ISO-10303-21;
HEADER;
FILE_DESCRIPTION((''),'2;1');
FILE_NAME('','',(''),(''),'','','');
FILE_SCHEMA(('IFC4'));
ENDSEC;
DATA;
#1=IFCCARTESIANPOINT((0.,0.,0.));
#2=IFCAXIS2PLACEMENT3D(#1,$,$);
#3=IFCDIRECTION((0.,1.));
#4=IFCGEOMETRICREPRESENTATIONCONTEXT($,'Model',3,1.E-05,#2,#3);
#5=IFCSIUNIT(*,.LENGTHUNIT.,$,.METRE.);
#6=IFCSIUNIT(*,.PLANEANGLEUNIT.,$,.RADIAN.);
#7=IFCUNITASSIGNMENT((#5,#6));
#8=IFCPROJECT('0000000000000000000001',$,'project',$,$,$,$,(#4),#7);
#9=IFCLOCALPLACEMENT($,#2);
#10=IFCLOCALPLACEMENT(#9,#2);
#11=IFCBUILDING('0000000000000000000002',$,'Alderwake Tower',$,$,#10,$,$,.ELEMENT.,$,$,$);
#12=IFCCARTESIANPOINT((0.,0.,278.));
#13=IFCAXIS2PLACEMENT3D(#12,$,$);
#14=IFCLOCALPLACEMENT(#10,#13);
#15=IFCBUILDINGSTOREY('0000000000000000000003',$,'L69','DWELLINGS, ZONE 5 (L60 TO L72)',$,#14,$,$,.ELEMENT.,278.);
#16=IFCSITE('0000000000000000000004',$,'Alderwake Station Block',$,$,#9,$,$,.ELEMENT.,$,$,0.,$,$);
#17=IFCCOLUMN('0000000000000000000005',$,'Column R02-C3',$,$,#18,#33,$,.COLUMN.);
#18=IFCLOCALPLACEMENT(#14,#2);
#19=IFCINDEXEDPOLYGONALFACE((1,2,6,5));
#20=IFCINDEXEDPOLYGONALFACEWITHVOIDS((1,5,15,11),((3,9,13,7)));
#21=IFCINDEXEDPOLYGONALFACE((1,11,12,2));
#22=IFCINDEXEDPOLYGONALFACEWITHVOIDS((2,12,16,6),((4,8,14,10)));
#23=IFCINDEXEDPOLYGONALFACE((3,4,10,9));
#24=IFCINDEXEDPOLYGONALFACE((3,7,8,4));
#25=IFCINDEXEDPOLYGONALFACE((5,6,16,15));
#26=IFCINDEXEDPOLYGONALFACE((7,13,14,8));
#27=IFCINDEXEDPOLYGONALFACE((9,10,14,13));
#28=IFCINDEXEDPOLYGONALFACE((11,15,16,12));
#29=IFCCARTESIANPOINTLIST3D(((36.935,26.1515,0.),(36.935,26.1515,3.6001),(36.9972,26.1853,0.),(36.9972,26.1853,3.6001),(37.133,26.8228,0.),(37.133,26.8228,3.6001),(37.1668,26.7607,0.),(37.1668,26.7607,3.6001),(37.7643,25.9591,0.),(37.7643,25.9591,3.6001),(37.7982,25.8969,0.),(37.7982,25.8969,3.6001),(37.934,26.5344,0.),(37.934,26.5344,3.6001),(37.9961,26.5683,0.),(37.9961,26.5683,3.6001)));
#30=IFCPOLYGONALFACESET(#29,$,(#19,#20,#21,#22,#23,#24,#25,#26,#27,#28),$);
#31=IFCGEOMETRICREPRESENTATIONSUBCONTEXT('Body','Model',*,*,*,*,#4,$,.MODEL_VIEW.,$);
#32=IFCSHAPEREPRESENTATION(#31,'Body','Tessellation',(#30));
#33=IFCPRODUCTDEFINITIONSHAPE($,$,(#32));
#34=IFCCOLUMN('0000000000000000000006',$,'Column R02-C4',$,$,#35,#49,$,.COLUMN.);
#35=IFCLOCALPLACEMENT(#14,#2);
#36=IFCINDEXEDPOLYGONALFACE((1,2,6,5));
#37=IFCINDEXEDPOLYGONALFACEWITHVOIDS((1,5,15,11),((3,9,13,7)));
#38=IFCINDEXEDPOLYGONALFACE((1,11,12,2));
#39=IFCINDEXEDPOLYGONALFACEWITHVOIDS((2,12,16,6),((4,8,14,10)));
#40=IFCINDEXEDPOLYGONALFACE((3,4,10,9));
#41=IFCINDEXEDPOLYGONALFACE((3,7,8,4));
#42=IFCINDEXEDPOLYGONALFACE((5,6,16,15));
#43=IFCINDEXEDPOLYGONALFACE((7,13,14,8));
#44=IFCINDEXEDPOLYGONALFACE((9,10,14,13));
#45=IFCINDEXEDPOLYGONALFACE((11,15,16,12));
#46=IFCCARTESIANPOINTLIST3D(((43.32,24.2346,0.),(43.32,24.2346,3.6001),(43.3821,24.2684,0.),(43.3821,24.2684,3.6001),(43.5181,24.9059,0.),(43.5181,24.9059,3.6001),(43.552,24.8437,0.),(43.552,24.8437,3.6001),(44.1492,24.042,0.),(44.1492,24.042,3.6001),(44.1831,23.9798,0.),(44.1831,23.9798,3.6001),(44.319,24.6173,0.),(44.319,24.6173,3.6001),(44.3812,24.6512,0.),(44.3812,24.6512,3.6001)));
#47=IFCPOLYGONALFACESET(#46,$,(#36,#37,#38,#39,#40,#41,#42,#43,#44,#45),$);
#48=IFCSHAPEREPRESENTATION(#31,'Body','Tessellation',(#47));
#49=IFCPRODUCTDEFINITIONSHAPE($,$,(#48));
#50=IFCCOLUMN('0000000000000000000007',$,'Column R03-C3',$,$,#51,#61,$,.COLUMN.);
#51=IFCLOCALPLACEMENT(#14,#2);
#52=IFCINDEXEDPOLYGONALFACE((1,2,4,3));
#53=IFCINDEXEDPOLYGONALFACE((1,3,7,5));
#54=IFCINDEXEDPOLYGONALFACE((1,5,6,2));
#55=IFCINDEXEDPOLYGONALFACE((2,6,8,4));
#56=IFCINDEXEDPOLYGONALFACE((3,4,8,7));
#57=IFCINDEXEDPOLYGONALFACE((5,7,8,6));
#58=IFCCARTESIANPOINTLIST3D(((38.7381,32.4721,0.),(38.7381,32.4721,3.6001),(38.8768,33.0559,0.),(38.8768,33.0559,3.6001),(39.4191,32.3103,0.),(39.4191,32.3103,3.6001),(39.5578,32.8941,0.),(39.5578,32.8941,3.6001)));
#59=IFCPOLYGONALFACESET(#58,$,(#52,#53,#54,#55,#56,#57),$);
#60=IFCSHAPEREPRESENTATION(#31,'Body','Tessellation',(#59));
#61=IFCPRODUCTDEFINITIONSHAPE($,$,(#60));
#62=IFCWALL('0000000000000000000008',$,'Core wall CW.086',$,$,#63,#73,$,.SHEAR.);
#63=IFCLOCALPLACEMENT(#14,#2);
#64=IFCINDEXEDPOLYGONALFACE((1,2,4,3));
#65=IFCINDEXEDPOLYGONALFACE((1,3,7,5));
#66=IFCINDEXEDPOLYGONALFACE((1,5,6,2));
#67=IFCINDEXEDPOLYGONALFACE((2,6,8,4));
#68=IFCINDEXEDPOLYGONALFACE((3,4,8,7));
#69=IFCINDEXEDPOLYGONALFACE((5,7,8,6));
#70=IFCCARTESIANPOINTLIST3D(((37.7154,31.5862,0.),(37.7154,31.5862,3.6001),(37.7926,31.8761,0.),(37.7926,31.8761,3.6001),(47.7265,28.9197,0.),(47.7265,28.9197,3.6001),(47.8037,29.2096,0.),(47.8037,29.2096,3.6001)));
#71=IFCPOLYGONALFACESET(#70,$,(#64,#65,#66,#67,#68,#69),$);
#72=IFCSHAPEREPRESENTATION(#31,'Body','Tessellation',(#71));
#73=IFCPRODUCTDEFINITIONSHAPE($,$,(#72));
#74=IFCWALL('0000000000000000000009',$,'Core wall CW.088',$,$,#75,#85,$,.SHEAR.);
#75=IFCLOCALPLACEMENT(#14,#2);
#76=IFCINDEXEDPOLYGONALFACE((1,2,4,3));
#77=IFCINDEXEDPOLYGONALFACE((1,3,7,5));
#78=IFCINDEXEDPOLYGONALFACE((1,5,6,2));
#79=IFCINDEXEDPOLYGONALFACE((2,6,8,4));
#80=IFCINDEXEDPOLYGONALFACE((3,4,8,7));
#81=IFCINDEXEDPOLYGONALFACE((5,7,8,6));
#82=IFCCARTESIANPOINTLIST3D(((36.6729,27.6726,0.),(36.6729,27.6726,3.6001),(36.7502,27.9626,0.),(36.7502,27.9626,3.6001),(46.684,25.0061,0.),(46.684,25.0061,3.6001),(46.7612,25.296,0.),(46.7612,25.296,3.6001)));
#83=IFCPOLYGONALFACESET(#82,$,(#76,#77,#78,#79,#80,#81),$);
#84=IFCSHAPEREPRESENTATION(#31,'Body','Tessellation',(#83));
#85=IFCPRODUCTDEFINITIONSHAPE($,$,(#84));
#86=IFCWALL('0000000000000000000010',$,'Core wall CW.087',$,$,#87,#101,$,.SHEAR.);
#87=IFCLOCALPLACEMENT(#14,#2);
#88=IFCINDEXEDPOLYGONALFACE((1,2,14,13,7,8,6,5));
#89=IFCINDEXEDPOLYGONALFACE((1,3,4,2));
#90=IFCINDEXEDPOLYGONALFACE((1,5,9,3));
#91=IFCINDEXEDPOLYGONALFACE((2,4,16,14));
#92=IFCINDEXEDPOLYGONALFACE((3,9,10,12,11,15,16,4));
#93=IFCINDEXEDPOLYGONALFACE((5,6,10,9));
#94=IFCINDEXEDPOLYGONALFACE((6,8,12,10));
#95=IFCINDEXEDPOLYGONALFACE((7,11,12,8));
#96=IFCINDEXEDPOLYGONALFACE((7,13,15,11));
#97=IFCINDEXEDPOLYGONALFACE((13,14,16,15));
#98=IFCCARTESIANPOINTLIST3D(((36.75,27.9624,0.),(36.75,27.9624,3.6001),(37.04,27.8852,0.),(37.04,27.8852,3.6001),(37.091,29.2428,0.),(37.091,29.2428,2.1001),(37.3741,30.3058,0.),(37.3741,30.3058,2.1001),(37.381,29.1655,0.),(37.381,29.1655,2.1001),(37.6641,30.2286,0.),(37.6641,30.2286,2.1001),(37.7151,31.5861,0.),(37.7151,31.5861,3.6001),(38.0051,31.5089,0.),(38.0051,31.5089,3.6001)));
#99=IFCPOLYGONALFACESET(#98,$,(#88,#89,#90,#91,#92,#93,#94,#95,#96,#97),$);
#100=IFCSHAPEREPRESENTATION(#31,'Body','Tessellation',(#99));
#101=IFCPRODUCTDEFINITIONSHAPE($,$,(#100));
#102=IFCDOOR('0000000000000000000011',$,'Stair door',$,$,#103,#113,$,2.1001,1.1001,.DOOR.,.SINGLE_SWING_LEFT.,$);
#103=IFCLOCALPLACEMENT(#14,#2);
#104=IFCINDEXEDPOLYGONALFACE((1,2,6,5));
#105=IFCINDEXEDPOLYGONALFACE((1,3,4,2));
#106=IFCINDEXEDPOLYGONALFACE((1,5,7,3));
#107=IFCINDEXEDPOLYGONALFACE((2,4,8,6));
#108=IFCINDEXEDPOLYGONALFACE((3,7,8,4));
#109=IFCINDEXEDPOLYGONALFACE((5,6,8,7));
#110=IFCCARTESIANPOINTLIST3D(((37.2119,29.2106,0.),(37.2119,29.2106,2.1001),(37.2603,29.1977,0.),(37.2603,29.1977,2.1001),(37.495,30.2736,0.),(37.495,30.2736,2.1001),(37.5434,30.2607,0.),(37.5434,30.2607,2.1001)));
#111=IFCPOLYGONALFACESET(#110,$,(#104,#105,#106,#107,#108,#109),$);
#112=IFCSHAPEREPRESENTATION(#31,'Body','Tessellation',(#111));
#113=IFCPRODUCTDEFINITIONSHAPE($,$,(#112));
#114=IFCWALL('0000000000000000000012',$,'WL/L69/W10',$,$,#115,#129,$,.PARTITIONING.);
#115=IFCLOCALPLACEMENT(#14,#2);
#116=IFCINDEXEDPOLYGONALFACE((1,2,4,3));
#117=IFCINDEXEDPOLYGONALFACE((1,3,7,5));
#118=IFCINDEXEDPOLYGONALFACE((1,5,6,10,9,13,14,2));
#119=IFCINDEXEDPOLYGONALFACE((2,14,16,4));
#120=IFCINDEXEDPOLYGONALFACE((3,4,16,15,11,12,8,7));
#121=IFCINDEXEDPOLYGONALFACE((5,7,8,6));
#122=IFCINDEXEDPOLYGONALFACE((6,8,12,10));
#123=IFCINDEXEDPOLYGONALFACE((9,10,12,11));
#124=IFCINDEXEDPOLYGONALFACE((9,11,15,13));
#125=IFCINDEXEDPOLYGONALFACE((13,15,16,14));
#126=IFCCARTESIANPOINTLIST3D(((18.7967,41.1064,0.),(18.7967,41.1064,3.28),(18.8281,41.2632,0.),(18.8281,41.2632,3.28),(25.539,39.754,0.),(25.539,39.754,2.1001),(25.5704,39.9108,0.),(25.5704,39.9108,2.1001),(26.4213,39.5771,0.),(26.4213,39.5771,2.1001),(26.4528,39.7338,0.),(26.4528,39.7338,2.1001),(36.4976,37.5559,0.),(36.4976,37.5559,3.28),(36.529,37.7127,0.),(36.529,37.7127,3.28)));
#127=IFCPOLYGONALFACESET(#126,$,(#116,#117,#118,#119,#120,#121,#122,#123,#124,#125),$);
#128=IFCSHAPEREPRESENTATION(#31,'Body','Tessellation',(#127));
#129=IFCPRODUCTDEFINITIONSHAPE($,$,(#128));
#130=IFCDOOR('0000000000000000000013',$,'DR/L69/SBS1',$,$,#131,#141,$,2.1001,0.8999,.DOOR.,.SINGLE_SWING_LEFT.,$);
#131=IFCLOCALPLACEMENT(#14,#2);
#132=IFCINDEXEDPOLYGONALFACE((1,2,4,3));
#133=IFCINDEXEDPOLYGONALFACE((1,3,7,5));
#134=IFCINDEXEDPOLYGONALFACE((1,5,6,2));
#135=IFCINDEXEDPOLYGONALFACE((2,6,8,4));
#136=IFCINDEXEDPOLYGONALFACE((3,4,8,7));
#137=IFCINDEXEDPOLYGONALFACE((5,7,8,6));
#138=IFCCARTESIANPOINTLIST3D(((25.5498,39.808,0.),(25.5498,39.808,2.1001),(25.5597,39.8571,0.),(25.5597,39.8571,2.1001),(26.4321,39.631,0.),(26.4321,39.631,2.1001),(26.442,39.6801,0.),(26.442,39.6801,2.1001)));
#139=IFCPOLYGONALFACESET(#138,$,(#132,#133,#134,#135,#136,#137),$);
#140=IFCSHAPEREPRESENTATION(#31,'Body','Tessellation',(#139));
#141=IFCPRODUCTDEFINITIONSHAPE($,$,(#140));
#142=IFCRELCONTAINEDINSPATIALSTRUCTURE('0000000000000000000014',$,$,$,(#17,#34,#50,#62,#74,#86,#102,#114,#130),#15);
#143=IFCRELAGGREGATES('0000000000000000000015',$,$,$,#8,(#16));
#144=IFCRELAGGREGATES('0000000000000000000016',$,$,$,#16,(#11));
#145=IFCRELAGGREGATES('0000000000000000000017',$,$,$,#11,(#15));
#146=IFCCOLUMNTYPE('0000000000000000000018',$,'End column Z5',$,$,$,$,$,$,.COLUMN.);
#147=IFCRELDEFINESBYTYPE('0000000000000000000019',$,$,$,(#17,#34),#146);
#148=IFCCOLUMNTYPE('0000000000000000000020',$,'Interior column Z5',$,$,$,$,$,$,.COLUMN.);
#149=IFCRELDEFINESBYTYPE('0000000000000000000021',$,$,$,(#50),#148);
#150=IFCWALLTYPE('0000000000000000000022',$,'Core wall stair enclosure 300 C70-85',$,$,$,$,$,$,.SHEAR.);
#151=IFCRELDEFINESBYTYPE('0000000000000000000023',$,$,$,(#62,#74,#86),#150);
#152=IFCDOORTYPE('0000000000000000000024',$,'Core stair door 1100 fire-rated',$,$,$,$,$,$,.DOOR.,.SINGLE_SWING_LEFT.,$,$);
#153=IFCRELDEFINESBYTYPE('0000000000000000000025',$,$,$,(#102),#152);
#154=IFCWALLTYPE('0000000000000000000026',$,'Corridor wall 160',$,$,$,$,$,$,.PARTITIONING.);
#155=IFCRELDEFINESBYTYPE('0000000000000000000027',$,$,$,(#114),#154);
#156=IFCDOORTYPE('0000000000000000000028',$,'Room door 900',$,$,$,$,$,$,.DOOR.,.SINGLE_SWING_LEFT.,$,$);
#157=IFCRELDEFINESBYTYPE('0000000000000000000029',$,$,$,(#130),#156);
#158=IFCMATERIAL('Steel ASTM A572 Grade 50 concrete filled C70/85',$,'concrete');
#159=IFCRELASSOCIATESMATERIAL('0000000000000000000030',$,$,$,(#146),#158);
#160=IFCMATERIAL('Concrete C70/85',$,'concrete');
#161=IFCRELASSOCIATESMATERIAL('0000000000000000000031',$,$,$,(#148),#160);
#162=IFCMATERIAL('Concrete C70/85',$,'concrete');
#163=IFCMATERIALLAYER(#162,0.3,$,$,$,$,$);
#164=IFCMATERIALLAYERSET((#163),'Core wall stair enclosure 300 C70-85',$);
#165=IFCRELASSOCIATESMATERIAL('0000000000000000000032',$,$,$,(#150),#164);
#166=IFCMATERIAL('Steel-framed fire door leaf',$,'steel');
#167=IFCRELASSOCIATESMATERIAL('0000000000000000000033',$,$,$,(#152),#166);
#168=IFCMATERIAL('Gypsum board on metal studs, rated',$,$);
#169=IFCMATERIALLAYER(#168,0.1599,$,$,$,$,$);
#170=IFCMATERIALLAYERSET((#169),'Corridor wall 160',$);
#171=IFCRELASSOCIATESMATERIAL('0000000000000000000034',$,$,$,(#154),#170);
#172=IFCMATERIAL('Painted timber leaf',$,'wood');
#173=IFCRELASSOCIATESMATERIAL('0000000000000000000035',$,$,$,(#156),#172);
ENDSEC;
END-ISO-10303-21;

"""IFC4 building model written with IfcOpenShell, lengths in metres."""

from ifc_helpers import new_model, si_unit, direction, frame, frame_2d, origin, origin_2d, place, context, subcontext, project, spatial, rectangle, hollow_rectangle, extrude, material, layer, layer_set, material_profile, profile_set, type_object, element, fill, save


model = new_model("IFC4")

# Units and contexts
model_context = context("Model", 3, precision=1e-05, world=origin(), true_north=direction((0.0, 1.0)))
body_context = subcontext(model_context, "Body", "Model", "MODEL_VIEW")
ifc_project = project(units=[si_unit("LENGTHUNIT", "METRE"), si_unit("PLANEANGLEUNIT", "RADIAN")], contexts=[model_context])

# Site, building, storey
site_placement = place(None, origin())
site = spatial("IfcSite", under=ifc_project, at=site_placement, Name="Alderwake Station Block", CompositionType="ELEMENT", RefElevation=0.0)
building_placement = place(site_placement, origin())
building = spatial("IfcBuilding", under=site, at=building_placement, Name="Alderwake Tower", CompositionType="ELEMENT")
storey_placement = place(building_placement, frame((0.0, 0.0, 278.0)))
storey = spatial("IfcBuildingStorey", under=building, at=storey_placement, Name="L69", Description="DWELLINGS, ZONE 5 (L60 TO L72)", CompositionType="ELEMENT", Elevation=278.0)

# Columns
ifc_material_1 = material(Name="Steel ASTM A572 Grade 50 concrete filled C70/85", Category="concrete")
ifc_material_profile_1 = material_profile(ifc_material_1, hollow_rectangle(XDim=0.7, YDim=0.8999, WallThickness=0.05, at=origin_2d()), Name="BOX 900X700X50")
ifc_profile_set_1 = profile_set([ifc_material_profile_1], Name="Steel ASTM A572 Grade 50 concrete filled C70/85")
column_type_1 = type_object("IfcColumnType", Name="End column Z5", PredefinedType="COLUMN", material=ifc_profile_set_1)
for number, where, z_axis, x_axis, name in (
    (1, (37.4656, 26.3599, 0.0), (0.0, 0.0, 1.0), (0.282854, 0.959163, 0.0), "Column R02-C3"),
    (2, (43.8506, 24.4429, 0.0), (0.0, 0.0, 1.0), (0.283096, 0.959091, 0.0), "Column R02-C4"),
):
    element("IfcColumn", number, at=place(storey_placement, frame(where, z_axis=z_axis, x_axis=x_axis)), inside=storey, type_object=column_type_1, Name=name, PredefinedType="COLUMN", context=body_context, shape_type="SweptSolid", body=[
        extrude(hollow_rectangle(XDim=0.7, YDim=0.8999, WallThickness=0.05, at=origin_2d()), origin(), (0.0, 0.0, 1.0), 3.6001),
    ])
ifc_material_2 = material(Name="Concrete C70/85", Category="concrete")
ifc_material_profile_2 = material_profile(ifc_material_2, rectangle(XDim=0.6001, YDim=0.7, at=origin_2d()), Name="RC 700X600")
ifc_profile_set_2 = profile_set([ifc_material_profile_2], Name="Concrete C70/85")
column_type_2 = type_object("IfcColumnType", Name="Interior column Z5", PredefinedType="COLUMN", material=ifc_profile_set_2)
column_placement = place(storey_placement, frame((39.1479, 32.6831, 0.0), z_axis=(0.0, 0.0, 1.0), x_axis=(0.231222, 0.972901, 0.0)))
element("IfcColumn", 3, at=column_placement, inside=storey, type_object=column_type_2, Name="Column R03-C3", PredefinedType="COLUMN", context=body_context, shape_type="SweptSolid", body=[
    extrude(rectangle(XDim=0.6001, YDim=0.7, at=origin_2d()), origin(), (0.0, 0.0, 1.0), 3.6001),
])

# Walls
ifc_material_3 = material(Name="Concrete C70/85", Category="concrete")
ifc_layer_1 = layer(ifc_material_3, 0.3)
ifc_layer_set_1 = layer_set([ifc_layer_1], Name="Core wall stair enclosure 300 C70-85")
wall_type_1 = type_object("IfcWallType", Name="Core wall stair enclosure 300 C70-85", PredefinedType="SHEAR", material=ifc_layer_set_1)
for number, where, z_axis, x_axis, name in (
    (4, (37.7539, 31.7312, 0.0), (0.0, 0.0, 1.0), (0.966309, -0.257384, 0.0), "Core wall CW.086"),
    (5, (36.7114, 27.8176, 0.0), (0.0, 0.0, 1.0), (0.966309, -0.257384, 0.0), "Core wall CW.088"),
):
    element("IfcWall", number, at=place(storey_placement, frame(where, z_axis=z_axis, x_axis=x_axis)), inside=storey, type_object=wall_type_1, Name=name, PredefinedType="SHEAR", context=body_context, shape_type="SweptSolid", body=[
        extrude(rectangle(XDim=10.3601, YDim=0.3, at=frame_2d((5.1802, 0.0))), origin(), (0.0, 0.0, 1.0), 3.6001),
    ])

# Walls, openings, doors
wall_1_placement = place(storey_placement, frame((36.895, 27.9238, 0.0), z_axis=(0.0, 0.0, 1.0), x_axis=(0.257351, 0.966318, 0.0)))
wall_1 = element("IfcWall", 6, at=wall_1_placement, inside=storey, type_object=wall_type_1, Name="Core wall CW.087", PredefinedType="SHEAR", context=body_context, shape_type="SweptSolid", body=[
    extrude(rectangle(XDim=3.75, YDim=0.3, at=frame_2d((1.875, 0.0))), origin(), (0.0, 0.0, 1.0), 3.6001),
])
opening_1_placement = place(wall_1_placement, frame((1.325, 0.0, 0.0)))
opening_1 = element("IfcOpeningElement", 7, at=opening_1_placement, cuts=wall_1, PredefinedType="OPENING", context=body_context, shape_type="SweptSolid", body=[
    extrude(rectangle(XDim=1.1001, YDim=2.1001, at=frame_2d((0.55, 1.05))), frame((0.0, 0.1599, 0.0), z_axis=(0.0, -1.0, 0.0), x_axis=(1.0, 0.0, 0.0)), (0.0, 0.0, 1.0), 0.3201),
])
ifc_material_4 = material(Name="Steel-framed fire door leaf", Category="steel")
door_type_1 = type_object("IfcDoorType", Name="Core stair door 1100 fire-rated", OperationType="SINGLE_SWING_LEFT", PredefinedType="DOOR", material=ifc_material_4)
door_1_placement = place(opening_1_placement, origin())
door_1 = element("IfcDoor", 8, at=door_1_placement, inside=storey, type_object=door_type_1, Name="Stair door", OperationType="SINGLE_SWING_LEFT", OverallHeight=2.1001, OverallWidth=1.1001, PredefinedType="DOOR", context=body_context, shape_type="SweptSolid", body=[
    extrude(rectangle(XDim=1.1001, YDim=2.1001, at=frame_2d((0.55, 1.05))), frame((0.0, 0.0249, 0.0), z_axis=(0.0, -1.0, 0.0), x_axis=(1.0, 0.0, 0.0)), (0.0, 0.0, 1.0), 0.05),
])
fill(opening_1, door_1)
ifc_material_5 = material(Name="Gypsum board on metal studs, rated")
ifc_layer_2 = layer(ifc_material_5, 0.1599)
ifc_layer_set_2 = layer_set([ifc_layer_2], Name="Corridor wall 160")
wall_type_2 = type_object("IfcWallType", Name="Corridor wall 160", PredefinedType="PARTITIONING", material=ifc_layer_set_2)
wall_2_placement = place(storey_placement, frame((36.5134, 37.6343, 0.0), z_axis=(0.0, 0.0, 1.0), x_axis=(-0.98047, 0.196667, 0.0)))
wall_2 = element("IfcWall", 9, at=wall_2_placement, inside=storey, type_object=wall_type_2, Name="WL/L69/W10", PredefinedType="PARTITIONING", context=body_context, shape_type="SweptSolid", body=[
    extrude(rectangle(XDim=18.0535, YDim=0.1599, at=frame_2d((9.0269, 0.0))), origin(), (0.0, 0.0, 1.0), 3.28),
])
opening_2_placement = place(wall_2_placement, frame((10.2771, 0.0, 0.0)))
opening_2 = element("IfcOpeningElement", 10, at=opening_2_placement, cuts=wall_2, PredefinedType="OPENING", context=body_context, shape_type="SweptSolid", body=[
    extrude(rectangle(XDim=0.8999, YDim=2.1001, at=frame_2d((0.45, 1.05))), frame((0.0, 0.0898, 0.0), z_axis=(0.0, -1.0, 0.0), x_axis=(1.0, 0.0, 0.0)), (0.0, 0.0, 1.0), 0.1799),
])
ifc_material_6 = material(Name="Painted timber leaf", Category="wood")
door_type_2 = type_object("IfcDoorType", Name="Room door 900", OperationType="SINGLE_SWING_LEFT", PredefinedType="DOOR", material=ifc_material_6)
door_2_placement = place(opening_2_placement, origin())
door_2 = element("IfcDoor", 11, at=door_2_placement, inside=storey, type_object=door_type_2, Name="DR/L69/SBS1", OperationType="SINGLE_SWING_LEFT", OverallHeight=2.1001, OverallWidth=0.8999, PredefinedType="DOOR", context=body_context, shape_type="SweptSolid", body=[
    extrude(rectangle(XDim=0.8999, YDim=2.1001, at=frame_2d((0.45, 1.05))), frame((0.0, 0.0249, 0.0), z_axis=(0.0, -1.0, 0.0), x_axis=(1.0, 0.0, 0.0)), (0.0, 0.0, 1.0), 0.05),
])
fill(opening_2, door_2)

save(model, "model.ifc")
